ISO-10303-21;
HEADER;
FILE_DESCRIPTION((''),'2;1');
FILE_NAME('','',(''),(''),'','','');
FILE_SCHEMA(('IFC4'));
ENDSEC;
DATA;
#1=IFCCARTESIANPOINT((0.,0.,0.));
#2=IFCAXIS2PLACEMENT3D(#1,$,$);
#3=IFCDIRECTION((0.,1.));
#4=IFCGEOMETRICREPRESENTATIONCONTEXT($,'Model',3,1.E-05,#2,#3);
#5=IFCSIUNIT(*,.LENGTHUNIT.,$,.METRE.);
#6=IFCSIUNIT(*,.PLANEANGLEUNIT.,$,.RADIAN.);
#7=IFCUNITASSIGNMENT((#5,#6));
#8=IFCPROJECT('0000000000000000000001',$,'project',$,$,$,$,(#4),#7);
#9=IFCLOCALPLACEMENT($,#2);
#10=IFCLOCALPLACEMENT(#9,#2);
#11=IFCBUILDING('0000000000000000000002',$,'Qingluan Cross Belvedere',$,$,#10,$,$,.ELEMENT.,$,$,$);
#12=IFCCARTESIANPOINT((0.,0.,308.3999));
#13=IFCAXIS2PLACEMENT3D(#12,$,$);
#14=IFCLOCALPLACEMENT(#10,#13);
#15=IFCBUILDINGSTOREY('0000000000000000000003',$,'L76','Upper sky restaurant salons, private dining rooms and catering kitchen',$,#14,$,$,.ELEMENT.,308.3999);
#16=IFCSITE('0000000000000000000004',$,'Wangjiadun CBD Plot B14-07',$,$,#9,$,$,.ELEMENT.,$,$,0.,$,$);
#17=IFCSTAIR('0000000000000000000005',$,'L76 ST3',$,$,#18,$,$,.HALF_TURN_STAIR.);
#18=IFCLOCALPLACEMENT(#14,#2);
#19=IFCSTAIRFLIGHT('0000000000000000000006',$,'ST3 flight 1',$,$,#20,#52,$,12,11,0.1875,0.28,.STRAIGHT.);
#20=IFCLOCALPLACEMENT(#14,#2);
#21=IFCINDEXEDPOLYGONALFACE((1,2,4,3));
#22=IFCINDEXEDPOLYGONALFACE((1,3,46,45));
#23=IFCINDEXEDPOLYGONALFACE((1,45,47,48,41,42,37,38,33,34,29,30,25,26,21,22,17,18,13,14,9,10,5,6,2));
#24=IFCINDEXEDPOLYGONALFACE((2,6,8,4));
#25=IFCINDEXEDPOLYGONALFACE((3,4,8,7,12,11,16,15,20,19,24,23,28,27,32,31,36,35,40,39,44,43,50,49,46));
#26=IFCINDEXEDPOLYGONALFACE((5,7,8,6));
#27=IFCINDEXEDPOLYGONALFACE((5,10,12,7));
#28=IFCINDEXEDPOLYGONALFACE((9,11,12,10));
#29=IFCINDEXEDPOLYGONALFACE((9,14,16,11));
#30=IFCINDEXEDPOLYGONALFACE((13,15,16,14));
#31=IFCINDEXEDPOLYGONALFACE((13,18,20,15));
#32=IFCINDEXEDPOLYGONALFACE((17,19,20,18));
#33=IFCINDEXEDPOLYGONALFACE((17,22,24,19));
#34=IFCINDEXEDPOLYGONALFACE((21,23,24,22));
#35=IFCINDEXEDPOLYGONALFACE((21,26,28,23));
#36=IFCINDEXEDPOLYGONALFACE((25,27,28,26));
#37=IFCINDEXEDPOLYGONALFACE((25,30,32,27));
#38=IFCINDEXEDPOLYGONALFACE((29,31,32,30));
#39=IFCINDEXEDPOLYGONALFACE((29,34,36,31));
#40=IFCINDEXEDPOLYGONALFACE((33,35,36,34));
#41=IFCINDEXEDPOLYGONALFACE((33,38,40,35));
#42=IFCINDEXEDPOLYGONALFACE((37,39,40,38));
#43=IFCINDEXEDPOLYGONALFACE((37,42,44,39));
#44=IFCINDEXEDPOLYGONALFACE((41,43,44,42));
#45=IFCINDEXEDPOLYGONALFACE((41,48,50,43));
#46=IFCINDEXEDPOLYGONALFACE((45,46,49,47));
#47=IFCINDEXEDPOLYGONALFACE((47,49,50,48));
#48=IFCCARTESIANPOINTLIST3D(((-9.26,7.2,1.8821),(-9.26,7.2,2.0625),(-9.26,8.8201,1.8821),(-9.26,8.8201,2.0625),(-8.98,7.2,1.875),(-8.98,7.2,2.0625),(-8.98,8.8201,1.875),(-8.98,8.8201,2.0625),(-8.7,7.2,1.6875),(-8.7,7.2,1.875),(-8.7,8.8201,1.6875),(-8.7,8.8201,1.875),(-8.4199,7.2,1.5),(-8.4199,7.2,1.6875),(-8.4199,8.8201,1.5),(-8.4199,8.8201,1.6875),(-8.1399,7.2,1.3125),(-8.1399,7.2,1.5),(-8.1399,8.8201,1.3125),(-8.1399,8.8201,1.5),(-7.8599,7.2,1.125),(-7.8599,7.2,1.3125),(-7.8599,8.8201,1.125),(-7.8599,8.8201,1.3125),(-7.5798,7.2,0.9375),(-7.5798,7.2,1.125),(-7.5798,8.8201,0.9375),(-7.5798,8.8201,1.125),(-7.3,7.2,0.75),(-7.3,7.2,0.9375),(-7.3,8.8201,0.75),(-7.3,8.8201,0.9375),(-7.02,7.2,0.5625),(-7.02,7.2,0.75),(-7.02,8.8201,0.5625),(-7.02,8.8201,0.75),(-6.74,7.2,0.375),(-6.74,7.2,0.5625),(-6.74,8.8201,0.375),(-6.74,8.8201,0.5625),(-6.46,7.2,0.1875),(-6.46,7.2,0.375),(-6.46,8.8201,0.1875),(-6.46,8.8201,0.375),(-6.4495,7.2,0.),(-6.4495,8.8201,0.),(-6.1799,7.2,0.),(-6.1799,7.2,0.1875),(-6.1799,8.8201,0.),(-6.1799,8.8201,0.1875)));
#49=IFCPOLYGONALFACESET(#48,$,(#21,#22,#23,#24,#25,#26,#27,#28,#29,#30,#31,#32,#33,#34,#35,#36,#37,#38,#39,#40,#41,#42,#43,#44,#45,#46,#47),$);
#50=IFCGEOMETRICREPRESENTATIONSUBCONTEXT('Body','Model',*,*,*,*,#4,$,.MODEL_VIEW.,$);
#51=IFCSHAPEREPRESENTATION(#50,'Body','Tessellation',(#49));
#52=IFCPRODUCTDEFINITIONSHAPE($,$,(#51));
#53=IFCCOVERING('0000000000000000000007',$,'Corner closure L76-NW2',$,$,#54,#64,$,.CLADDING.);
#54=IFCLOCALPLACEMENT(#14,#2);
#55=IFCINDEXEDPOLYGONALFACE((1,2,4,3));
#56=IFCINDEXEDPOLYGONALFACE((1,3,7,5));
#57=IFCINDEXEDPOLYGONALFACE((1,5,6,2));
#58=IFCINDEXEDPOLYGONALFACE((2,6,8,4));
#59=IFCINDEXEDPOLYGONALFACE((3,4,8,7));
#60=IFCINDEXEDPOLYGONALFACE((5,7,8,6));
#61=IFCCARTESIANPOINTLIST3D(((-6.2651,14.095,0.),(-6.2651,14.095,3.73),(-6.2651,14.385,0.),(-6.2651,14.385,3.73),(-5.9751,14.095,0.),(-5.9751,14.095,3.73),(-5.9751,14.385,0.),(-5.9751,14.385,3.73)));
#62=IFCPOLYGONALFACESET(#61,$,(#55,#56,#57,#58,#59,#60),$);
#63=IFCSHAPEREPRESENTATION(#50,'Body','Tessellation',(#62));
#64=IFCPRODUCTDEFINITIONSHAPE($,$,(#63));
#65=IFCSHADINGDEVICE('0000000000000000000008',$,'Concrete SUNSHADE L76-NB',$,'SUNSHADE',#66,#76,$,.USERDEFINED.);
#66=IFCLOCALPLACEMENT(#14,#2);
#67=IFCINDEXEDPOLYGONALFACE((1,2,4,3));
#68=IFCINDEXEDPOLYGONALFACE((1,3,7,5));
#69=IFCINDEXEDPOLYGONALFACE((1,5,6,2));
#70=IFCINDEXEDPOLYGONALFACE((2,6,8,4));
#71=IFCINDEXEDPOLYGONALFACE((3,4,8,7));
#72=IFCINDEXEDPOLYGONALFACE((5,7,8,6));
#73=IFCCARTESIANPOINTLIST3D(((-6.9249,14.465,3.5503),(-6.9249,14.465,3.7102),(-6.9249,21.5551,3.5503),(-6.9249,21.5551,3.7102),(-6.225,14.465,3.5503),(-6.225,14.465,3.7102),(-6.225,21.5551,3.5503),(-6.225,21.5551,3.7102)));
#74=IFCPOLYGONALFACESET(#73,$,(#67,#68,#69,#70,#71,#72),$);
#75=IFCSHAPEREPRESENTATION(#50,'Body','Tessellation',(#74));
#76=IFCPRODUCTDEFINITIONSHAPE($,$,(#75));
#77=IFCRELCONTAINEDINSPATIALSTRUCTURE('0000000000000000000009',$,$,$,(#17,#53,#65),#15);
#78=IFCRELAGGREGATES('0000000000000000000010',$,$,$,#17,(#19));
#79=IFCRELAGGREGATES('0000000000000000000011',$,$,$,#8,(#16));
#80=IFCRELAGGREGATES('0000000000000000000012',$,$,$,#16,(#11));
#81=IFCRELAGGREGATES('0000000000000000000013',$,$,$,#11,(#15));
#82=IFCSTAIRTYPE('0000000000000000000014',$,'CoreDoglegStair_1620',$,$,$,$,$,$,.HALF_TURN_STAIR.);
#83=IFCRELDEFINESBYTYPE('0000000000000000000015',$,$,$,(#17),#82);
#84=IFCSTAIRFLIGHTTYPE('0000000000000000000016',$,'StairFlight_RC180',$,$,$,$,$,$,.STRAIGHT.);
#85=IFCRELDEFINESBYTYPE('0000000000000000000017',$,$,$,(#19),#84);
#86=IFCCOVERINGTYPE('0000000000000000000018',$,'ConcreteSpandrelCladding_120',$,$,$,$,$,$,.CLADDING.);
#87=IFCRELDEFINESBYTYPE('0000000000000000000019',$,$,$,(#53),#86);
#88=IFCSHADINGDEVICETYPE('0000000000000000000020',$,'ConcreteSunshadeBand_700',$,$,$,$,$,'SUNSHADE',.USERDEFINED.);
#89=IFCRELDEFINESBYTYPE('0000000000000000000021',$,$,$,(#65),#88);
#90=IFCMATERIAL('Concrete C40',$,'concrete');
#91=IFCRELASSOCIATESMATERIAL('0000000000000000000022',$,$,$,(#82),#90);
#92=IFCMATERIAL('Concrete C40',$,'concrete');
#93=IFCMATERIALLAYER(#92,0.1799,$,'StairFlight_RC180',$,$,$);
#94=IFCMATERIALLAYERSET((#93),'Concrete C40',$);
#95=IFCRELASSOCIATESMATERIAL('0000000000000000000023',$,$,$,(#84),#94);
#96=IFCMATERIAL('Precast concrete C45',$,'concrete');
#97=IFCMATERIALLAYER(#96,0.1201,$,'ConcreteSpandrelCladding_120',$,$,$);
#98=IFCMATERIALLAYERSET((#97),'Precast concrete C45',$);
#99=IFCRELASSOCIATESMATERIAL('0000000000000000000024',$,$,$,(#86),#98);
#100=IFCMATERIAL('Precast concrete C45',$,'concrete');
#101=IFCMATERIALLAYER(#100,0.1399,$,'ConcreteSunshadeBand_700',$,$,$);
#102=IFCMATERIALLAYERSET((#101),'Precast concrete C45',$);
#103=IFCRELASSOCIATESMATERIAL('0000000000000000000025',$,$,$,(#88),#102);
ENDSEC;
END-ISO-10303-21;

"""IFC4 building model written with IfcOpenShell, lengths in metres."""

from ifc_helpers import new_model, si_unit, direction, frame, origin, origin_2d, place, context, subcontext, project, spatial, polyline, rectangle, outline, extrude, material, layer, layer_set, type_object, element, aggregate, save


model = new_model("IFC4")

# Units and contexts
model_context = context("Model", 3, precision=1e-05, world=origin(), true_north=direction((0.0, 1.0)))
body_context = subcontext(model_context, "Body", "Model", "MODEL_VIEW")
ifc_project = project(units=[si_unit("LENGTHUNIT", "METRE"), si_unit("PLANEANGLEUNIT", "RADIAN")], contexts=[model_context])

# Site, building, storey
site_placement = place(None, origin())
site = spatial("IfcSite", under=ifc_project, at=site_placement, Name="Wangjiadun CBD Plot B14-07", CompositionType="ELEMENT", RefElevation=0.0)
building_placement = place(site_placement, origin())
building = spatial("IfcBuilding", under=site, at=building_placement, Name="Qingluan Cross Belvedere", CompositionType="ELEMENT")
storey_placement = place(building_placement, frame((0.0, 0.0, 308.3999)))
storey = spatial("IfcBuildingStorey", under=building, at=storey_placement, Name="L76", Description="Upper sky restaurant salons, private dining rooms and catering kitchen", CompositionType="ELEMENT", Elevation=308.3999)

# Stair, stair flight
ifc_material_1 = material(Name="Concrete C40", Category="concrete")
stair_type = type_object("IfcStairType", Name="CoreDoglegStair_1620", PredefinedType="HALF_TURN_STAIR", material=ifc_material_1)
stair_placement = place(storey_placement, origin())
stair = element("IfcStair", 1, at=stair_placement, inside=storey, type_object=stair_type, Name="L76 ST3", PredefinedType="HALF_TURN_STAIR")
ifc_material_2 = material(Name="Concrete C40", Category="concrete")
ifc_layer_1 = layer(ifc_material_2, 0.1799, Name="StairFlight_RC180")
ifc_layer_set_1 = layer_set([ifc_layer_1], Name="Concrete C40")
stair_flight_type = type_object("IfcStairFlightType", Name="StairFlight_RC180", PredefinedType="STRAIGHT", material=ifc_layer_set_1)
stair_flight_placement = place(storey_placement, frame((-6.1799, 8.01, 0.0), z_axis=(0.0, 0.0, 1.0), x_axis=(-1.0, 0.0, 0.0)))
stair_flight = element("IfcStairFlight", 2, at=stair_flight_placement, type_object=stair_flight_type, Name="ST3 flight 1", NumberOfRisers=12, NumberOfTreads=11, PredefinedType="STRAIGHT", RiserHeight=0.1875, TreadLength=0.28, context=body_context, shape_type="SweptSolid", body=[
    extrude(outline(polyline([(0.0, 0.0), (0.0, 0.1875), (0.28, 0.1875), (0.28, 0.375), (0.5601, 0.375), (0.5601, 0.5625), (0.8401, 0.5625), (0.8401, 0.75), (1.1201, 0.75), (1.1201, 0.9375), (1.3999, 0.9375), (1.3999, 1.125), (1.6799, 1.125), (1.6799, 1.3125), (1.96, 1.3125), (1.96, 1.5), (2.24, 1.5), (2.24, 1.6875), (2.52, 1.6875), (2.52, 1.875), (2.8, 1.875), (2.8, 2.0625), (3.0801, 2.0625), (3.0801, 2.25), (3.0801, 1.8821), (0.2695, 0.0), (0.0, 0.0)])), frame((0.0, 0.8101, 0.0), z_axis=(0.0, -1.0, 0.0), x_axis=(1.0, 0.0, 0.0)), (0.0, 0.0, 1.0), 1.6201),
])
aggregate(stair, [stair_flight])

# Covering
ifc_material_3 = material(Name="Precast concrete C45", Category="concrete")
ifc_layer_2 = layer(ifc_material_3, 0.1201, Name="ConcreteSpandrelCladding_120")
ifc_layer_set_2 = layer_set([ifc_layer_2], Name="Precast concrete C45")
covering_type = type_object("IfcCoveringType", Name="ConcreteSpandrelCladding_120", PredefinedType="CLADDING", material=ifc_layer_set_2)
covering_placement = place(storey_placement, frame((-6.1201, 14.24, 0.0), z_axis=(0.0, 0.0, 1.0), x_axis=(1.0, 0.0, 0.0)))
element("IfcCovering", 3, at=covering_placement, inside=storey, type_object=covering_type, Name="Corner closure L76-NW2", PredefinedType="CLADDING", context=body_context, shape_type="SweptSolid", body=[
    extrude(rectangle(XDim=0.29, YDim=0.29, at=origin_2d()), origin(), (0.0, 0.0, 1.0), 3.73),
])

# Shading device
ifc_material_4 = material(Name="Precast concrete C45", Category="concrete")
ifc_layer_3 = layer(ifc_material_4, 0.1399, Name="ConcreteSunshadeBand_700")
ifc_layer_set_3 = layer_set([ifc_layer_3], Name="Precast concrete C45")
shading_device_type = type_object("IfcShadingDeviceType", Name="ConcreteSunshadeBand_700", ElementType="SUNSHADE", PredefinedType="USERDEFINED", material=ifc_layer_set_3)
shading_device_placement = place(storey_placement, frame((-6.575, 18.01, 3.5503), z_axis=(0.0, 0.0, 1.0), x_axis=(0.0, -1.0, 0.0)))
element("IfcShadingDevice", 4, at=shading_device_placement, inside=storey, type_object=shading_device_type, Name="Concrete SUNSHADE L76-NB", ObjectType="SUNSHADE", PredefinedType="USERDEFINED", context=body_context, shape_type="SweptSolid", body=[
    extrude(rectangle(XDim=7.0901, YDim=0.7, at=origin_2d()), origin(), (0.0, 0.0, 1.0), 0.1599),
])

save(model, "model.ifc")
